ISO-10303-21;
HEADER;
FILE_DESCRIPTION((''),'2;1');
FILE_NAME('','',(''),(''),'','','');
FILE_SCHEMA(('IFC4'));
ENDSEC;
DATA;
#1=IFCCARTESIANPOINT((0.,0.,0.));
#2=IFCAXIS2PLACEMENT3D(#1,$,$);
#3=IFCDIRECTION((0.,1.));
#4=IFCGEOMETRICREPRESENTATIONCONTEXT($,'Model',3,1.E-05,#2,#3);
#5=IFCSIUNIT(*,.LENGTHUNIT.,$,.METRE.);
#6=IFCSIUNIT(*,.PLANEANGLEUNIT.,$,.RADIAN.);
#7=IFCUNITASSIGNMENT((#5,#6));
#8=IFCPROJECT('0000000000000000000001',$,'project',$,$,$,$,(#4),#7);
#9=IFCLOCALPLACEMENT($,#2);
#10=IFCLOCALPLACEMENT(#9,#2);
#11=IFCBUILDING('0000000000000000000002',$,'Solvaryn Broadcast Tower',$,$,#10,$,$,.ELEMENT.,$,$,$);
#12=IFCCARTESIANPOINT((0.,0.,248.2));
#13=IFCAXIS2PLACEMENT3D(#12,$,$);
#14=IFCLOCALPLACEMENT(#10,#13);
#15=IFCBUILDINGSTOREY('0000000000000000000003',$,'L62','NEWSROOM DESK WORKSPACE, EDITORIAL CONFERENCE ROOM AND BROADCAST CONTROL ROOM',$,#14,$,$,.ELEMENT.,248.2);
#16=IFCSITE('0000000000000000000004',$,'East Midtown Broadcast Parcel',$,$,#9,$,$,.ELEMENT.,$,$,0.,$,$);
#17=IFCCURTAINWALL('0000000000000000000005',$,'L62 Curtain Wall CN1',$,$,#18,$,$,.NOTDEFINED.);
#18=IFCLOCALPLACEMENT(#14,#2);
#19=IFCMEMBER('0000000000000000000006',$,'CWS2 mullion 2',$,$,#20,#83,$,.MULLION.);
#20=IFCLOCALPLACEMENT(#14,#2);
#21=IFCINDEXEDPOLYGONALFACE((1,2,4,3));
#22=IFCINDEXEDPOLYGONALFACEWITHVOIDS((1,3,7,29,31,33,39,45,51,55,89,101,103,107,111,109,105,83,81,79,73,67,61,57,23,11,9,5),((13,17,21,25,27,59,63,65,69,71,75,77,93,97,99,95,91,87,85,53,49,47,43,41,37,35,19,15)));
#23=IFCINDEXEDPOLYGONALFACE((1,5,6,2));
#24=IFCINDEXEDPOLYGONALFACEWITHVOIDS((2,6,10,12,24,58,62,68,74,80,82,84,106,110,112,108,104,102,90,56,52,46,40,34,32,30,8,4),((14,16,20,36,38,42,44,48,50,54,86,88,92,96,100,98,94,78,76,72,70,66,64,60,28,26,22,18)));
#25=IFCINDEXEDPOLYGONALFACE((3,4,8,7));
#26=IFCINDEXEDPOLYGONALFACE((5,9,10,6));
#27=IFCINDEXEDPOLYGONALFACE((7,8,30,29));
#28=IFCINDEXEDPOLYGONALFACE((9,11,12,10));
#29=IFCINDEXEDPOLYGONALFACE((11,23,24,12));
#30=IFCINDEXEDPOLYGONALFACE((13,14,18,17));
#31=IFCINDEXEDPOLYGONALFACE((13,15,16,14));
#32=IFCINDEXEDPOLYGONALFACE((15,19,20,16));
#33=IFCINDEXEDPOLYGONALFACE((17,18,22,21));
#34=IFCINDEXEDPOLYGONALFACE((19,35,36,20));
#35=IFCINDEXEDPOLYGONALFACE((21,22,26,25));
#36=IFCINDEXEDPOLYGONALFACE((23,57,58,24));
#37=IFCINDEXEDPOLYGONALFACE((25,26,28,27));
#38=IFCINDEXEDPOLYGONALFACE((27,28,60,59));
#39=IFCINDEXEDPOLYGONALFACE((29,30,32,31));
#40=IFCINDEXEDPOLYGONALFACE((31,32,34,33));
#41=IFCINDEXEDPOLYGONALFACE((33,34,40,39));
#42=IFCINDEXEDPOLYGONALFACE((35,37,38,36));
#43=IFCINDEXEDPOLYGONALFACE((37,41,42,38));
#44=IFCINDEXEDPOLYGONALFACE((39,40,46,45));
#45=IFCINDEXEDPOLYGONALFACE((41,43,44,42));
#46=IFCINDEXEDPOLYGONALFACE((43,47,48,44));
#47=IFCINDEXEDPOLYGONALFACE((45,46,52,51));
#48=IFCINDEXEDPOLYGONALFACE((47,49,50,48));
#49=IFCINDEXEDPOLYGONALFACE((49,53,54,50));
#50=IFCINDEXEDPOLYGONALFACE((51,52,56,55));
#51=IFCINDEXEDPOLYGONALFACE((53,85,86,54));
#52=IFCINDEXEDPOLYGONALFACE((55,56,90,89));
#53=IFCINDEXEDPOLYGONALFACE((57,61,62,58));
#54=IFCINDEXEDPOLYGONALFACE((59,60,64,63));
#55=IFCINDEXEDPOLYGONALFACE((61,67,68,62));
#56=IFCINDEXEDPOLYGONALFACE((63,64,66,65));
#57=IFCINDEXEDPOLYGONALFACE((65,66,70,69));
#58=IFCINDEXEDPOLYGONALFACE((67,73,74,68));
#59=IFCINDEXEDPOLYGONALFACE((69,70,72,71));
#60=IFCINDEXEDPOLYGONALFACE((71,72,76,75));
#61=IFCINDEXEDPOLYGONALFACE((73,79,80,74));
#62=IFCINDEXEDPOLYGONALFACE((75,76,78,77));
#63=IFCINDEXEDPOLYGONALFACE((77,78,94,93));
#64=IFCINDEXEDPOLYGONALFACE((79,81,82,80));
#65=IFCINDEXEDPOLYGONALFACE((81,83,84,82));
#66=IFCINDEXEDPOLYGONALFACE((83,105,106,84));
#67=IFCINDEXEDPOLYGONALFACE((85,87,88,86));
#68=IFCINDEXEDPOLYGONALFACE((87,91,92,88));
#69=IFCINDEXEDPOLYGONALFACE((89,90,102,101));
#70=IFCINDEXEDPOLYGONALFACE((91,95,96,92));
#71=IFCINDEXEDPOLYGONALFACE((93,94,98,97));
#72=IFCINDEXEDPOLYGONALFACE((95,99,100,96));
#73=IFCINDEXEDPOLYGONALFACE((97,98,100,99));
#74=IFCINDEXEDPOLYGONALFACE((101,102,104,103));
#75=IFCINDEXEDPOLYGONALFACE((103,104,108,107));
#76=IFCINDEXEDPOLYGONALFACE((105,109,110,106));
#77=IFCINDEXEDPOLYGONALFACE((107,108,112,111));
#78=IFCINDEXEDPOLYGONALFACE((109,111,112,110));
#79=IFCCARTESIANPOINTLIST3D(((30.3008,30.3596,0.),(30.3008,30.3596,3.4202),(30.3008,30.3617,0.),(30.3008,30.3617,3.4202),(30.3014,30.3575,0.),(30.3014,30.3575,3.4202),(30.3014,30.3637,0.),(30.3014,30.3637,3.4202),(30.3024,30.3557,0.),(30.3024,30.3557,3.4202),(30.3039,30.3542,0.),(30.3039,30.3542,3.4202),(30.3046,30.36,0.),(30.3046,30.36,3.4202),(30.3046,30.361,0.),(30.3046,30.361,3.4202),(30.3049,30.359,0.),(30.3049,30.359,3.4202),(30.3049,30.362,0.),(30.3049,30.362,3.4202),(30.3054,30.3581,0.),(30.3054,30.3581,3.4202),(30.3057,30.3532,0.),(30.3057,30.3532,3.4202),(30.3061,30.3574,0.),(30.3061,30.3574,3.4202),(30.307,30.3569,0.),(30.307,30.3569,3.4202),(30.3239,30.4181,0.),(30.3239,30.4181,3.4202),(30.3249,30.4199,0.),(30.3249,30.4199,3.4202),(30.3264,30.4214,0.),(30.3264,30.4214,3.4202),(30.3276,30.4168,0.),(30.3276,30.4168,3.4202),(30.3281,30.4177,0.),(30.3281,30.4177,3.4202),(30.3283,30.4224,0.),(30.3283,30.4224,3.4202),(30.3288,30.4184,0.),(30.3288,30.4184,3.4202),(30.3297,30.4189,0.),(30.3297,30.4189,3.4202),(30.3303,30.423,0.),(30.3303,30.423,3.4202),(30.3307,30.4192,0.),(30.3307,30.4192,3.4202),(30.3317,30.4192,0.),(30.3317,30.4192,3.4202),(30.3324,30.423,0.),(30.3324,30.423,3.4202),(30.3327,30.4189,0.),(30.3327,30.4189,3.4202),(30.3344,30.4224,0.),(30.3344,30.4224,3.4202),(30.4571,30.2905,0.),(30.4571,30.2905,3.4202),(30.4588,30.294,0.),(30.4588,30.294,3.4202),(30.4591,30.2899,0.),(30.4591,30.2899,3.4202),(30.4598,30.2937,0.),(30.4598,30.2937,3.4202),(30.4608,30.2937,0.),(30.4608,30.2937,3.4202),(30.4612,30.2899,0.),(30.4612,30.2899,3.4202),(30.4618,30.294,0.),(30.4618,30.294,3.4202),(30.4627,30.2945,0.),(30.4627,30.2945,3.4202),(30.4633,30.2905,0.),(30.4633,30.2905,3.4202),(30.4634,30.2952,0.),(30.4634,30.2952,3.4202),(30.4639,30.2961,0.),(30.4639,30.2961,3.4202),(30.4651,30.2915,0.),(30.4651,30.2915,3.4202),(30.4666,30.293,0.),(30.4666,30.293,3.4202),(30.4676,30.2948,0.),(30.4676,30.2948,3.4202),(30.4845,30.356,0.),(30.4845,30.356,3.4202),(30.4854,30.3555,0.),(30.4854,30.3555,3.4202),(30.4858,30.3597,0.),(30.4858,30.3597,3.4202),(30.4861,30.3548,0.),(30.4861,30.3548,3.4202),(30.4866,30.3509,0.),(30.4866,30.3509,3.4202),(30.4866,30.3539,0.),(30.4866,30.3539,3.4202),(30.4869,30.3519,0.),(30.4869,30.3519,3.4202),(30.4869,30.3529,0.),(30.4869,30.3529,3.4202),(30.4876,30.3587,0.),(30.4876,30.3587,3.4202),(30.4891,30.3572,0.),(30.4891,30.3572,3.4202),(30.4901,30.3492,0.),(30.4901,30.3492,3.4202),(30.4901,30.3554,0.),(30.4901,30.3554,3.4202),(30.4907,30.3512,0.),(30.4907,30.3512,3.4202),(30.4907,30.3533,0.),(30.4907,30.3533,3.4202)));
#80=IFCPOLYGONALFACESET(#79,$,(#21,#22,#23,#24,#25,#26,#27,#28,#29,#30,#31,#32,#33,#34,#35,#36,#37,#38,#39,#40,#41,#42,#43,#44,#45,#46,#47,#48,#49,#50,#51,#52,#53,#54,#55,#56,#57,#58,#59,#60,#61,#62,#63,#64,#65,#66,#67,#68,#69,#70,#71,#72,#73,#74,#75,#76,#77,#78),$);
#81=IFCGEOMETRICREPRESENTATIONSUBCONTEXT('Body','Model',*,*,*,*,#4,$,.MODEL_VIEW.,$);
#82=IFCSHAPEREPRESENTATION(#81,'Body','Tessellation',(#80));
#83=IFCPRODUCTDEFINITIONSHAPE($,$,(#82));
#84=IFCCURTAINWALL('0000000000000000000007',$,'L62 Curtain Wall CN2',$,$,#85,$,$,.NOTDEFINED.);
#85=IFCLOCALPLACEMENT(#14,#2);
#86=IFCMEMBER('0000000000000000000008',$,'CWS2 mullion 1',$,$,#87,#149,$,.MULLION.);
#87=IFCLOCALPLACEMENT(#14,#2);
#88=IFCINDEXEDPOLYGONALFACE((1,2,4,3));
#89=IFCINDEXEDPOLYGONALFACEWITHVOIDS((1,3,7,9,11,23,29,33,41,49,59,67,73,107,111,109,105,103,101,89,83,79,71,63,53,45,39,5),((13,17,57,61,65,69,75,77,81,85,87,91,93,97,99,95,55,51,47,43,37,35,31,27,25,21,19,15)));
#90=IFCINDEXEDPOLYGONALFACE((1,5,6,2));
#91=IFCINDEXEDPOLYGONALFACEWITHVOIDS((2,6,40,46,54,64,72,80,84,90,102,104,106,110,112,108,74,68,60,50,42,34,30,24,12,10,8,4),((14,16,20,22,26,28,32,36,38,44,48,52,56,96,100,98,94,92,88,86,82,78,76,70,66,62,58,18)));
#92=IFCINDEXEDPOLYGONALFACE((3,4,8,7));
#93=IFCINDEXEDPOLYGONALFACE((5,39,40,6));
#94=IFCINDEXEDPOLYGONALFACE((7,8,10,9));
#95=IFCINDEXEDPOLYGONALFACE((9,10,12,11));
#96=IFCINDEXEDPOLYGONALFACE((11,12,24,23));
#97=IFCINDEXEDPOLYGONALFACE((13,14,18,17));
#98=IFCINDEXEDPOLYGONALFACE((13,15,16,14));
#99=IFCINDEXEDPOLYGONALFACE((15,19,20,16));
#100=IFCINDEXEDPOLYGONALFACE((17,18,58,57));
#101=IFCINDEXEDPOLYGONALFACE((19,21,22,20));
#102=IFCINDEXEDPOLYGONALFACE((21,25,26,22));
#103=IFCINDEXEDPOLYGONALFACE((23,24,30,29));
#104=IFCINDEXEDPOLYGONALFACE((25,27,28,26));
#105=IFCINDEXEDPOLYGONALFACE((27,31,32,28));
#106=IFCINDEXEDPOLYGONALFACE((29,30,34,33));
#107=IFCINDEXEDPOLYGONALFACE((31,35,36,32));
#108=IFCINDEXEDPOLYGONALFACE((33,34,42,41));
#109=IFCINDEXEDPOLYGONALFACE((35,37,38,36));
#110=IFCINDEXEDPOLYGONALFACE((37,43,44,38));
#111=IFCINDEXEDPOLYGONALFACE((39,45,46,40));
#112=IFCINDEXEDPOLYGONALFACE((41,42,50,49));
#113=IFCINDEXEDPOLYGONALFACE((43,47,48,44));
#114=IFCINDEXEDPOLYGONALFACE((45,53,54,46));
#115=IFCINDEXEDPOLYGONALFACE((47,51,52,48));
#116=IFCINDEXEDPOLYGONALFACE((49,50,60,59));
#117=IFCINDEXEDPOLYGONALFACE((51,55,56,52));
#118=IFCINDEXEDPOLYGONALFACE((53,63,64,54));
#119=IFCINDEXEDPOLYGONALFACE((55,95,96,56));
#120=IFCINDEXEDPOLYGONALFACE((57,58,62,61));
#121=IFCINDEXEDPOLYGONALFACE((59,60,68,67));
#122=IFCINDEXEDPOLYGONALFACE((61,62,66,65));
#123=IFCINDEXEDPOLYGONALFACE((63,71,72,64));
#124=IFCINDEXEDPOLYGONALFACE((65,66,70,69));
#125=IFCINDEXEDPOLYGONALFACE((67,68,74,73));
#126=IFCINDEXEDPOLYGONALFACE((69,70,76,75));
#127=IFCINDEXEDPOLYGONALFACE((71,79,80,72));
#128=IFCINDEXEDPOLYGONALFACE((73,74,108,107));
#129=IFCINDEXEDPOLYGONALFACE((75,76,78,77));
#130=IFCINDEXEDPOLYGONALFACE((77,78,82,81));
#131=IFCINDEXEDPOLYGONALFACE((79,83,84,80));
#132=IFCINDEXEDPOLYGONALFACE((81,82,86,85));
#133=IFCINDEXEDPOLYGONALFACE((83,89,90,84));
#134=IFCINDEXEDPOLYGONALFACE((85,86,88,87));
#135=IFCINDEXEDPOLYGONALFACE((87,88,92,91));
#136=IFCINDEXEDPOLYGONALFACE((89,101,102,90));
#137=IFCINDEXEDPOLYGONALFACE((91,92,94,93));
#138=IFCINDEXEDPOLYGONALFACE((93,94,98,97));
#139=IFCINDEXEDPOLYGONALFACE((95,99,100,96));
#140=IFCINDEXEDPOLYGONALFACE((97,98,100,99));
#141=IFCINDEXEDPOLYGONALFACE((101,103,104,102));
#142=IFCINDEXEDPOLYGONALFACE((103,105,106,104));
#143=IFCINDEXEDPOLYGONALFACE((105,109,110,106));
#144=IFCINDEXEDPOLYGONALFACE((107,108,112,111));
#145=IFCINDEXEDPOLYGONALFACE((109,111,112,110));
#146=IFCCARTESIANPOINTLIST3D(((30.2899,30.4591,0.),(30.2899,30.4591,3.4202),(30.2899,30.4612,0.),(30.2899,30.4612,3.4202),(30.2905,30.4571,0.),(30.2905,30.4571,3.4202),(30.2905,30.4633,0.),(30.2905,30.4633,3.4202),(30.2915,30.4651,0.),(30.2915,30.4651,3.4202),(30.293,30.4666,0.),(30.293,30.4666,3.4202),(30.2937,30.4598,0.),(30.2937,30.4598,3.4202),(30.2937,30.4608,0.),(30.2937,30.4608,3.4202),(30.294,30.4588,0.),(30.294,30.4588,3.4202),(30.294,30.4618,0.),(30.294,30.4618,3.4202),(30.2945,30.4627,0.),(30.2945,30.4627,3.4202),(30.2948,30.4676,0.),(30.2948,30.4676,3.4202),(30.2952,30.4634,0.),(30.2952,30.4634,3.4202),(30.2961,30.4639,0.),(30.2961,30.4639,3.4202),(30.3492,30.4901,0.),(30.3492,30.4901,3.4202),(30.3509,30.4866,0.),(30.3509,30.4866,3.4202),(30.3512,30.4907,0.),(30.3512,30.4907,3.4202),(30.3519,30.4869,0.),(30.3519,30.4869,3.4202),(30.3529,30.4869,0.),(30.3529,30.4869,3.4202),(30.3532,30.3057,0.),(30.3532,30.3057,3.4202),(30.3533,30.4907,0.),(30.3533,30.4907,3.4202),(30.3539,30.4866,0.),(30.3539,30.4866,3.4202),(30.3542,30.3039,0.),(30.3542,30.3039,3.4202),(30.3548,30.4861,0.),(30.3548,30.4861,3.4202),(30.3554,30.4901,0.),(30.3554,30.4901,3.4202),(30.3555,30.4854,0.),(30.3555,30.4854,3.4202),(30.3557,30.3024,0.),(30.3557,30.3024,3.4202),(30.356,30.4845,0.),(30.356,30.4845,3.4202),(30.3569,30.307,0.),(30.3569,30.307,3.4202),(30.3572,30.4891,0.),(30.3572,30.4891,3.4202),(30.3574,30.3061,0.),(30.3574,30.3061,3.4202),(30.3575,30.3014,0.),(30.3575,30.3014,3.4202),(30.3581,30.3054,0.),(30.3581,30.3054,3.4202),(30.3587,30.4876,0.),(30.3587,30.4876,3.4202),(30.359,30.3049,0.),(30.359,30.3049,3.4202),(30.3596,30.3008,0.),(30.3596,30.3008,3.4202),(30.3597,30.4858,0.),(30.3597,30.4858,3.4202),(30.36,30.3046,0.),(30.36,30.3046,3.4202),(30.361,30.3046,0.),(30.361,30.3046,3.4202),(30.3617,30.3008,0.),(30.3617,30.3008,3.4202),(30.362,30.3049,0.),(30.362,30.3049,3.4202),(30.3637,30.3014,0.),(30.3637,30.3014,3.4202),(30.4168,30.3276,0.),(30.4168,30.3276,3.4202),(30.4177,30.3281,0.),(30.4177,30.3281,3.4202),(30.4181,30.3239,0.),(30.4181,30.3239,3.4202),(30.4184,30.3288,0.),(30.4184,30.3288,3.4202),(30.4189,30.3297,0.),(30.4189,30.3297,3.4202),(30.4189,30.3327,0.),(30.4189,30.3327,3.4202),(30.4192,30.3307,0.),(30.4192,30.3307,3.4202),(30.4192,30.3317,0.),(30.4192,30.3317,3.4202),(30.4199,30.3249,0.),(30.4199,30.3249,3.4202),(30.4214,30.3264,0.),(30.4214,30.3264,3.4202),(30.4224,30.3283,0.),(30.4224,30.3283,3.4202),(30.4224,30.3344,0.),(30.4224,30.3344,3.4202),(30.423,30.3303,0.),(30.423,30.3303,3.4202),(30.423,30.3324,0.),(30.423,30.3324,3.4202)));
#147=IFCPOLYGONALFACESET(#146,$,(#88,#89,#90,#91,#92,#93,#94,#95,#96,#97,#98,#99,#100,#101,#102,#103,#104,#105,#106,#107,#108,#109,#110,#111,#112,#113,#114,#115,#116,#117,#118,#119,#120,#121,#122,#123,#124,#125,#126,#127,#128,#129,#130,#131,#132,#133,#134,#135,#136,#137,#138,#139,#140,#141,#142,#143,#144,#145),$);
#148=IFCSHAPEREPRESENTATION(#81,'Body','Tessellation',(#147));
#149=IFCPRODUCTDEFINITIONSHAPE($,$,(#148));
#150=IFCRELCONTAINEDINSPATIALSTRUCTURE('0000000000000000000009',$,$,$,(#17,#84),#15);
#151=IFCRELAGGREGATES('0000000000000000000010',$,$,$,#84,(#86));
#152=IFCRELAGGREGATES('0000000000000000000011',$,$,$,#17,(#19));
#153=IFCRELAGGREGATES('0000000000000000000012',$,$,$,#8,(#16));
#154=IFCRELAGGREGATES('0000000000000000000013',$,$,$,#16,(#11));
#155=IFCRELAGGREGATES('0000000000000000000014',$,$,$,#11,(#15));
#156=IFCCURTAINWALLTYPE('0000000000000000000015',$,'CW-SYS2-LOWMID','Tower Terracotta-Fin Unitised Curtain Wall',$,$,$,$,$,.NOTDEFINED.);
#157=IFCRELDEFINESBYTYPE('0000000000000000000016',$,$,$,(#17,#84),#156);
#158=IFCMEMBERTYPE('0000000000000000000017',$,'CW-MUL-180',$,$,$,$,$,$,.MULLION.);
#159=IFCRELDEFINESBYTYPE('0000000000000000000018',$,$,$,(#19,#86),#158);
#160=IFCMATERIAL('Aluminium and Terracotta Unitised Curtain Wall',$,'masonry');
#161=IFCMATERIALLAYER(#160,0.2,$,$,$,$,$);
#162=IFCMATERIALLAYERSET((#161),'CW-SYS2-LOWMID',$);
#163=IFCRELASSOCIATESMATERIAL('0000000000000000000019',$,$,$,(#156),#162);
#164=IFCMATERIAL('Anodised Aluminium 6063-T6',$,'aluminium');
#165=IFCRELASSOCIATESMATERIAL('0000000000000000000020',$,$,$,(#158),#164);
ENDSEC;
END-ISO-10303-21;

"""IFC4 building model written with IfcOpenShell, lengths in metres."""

from ifc_helpers import new_model, si_unit, direction, frame, origin, origin_2d, place, context, subcontext, project, spatial, hollow_rectangle, extrude, material, layer, layer_set, material_profile, profile_set, type_object, element, aggregate, save


model = new_model("IFC4")

# Units and contexts
model_context = context("Model", 3, precision=1e-05, world=origin(), true_north=direction((0.0, 1.0)))
body_context = subcontext(model_context, "Body", "Model", "MODEL_VIEW")
ifc_project = project(units=[si_unit("LENGTHUNIT", "METRE"), si_unit("PLANEANGLEUNIT", "RADIAN")], contexts=[model_context])

# Site, building, storey
site_placement = place(None, origin())
site = spatial("IfcSite", under=ifc_project, at=site_placement, Name="East Midtown Broadcast Parcel", CompositionType="ELEMENT", RefElevation=0.0)
building_placement = place(site_placement, origin())
building = spatial("IfcBuilding", under=site, at=building_placement, Name="Solvaryn Broadcast Tower", CompositionType="ELEMENT")
storey_placement = place(building_placement, frame((0.0, 0.0, 248.2)))
storey = spatial("IfcBuildingStorey", under=building, at=storey_placement, Name="L62", Description="NEWSROOM DESK WORKSPACE, EDITORIAL CONFERENCE ROOM AND BROADCAST CONTROL ROOM", CompositionType="ELEMENT", Elevation=248.2)

# Curtain wall, member
ifc_material_1 = material(Name="Aluminium and Terracotta Unitised Curtain Wall", Category="masonry")
ifc_layer_1 = layer(ifc_material_1, 0.2)
ifc_layer_set_1 = layer_set([ifc_layer_1], Name="CW-SYS2-LOWMID")
curtain_wall_type = type_object("IfcCurtainWallType", Name="CW-SYS2-LOWMID", Description="Tower Terracotta-Fin Unitised Curtain Wall", PredefinedType="NOTDEFINED", material=ifc_layer_set_1)
curtain_wall_1_placement = place(storey_placement, origin())
curtain_wall_1 = element("IfcCurtainWall", 1, at=curtain_wall_1_placement, inside=storey, type_object=curtain_wall_type, Name="L62 Curtain Wall CN1", PredefinedType="NOTDEFINED")
ifc_material_2 = material(Name="Anodised Aluminium 6063-T6", Category="aluminium")
ifc_material_profile_1 = material_profile(ifc_material_2, hollow_rectangle(XDim=0.075, YDim=0.1799, WallThickness=0.0039, InnerFilletRadius=0.0039, OuterFilletRadius=0.0081, at=origin_2d()))
ifc_profile_set_1 = profile_set([ifc_material_profile_1], Name="Anodised Aluminium 6063-T6")
member_type_1 = type_object("IfcMemberType", Name="CW-MUL-180", PredefinedType="MULLION", material=ifc_profile_set_1)
member_1_placement = place(storey_placement, frame((30.3958, 30.3564, 0.0), z_axis=(0.0, 0.0, 1.0), x_axis=(-0.382646, -0.923895, 0.0)))
member_1 = element("IfcMember", 2, at=member_1_placement, type_object=member_type_1, Name="CWS2 mullion 2", PredefinedType="MULLION", context=body_context, shape_type="SweptSolid", body=[
    extrude(hollow_rectangle(XDim=0.075, YDim=0.1799, WallThickness=0.0039, InnerFilletRadius=0.0039, OuterFilletRadius=0.0081, at=origin_2d()), origin(), (0.0, 0.0, 1.0), 3.4202),
])

# Curtain wall, member
curtain_wall_2_placement = place(storey_placement, origin())
curtain_wall_2 = element("IfcCurtainWall", 3, at=curtain_wall_2_placement, inside=storey, type_object=curtain_wall_type, Name="L62 Curtain Wall CN2", PredefinedType="NOTDEFINED")
member_2_placement = place(storey_placement, frame((30.3564, 30.3958, 0.0), z_axis=(0.0, 0.0, 1.0), x_axis=(-0.923895, -0.382646, 0.0)))
member_2 = element("IfcMember", 4, at=member_2_placement, type_object=member_type_1, Name="CWS2 mullion 1", PredefinedType="MULLION", context=body_context, shape_type="SweptSolid", body=[
    extrude(hollow_rectangle(XDim=0.075, YDim=0.1799, WallThickness=0.0039, InnerFilletRadius=0.0039, OuterFilletRadius=0.0081, at=origin_2d()), origin(), (0.0, 0.0, 1.0), 3.4202),
])

aggregate(curtain_wall_2, [member_2])

aggregate(curtain_wall_1, [member_1])

save(model, "model.ifc")
